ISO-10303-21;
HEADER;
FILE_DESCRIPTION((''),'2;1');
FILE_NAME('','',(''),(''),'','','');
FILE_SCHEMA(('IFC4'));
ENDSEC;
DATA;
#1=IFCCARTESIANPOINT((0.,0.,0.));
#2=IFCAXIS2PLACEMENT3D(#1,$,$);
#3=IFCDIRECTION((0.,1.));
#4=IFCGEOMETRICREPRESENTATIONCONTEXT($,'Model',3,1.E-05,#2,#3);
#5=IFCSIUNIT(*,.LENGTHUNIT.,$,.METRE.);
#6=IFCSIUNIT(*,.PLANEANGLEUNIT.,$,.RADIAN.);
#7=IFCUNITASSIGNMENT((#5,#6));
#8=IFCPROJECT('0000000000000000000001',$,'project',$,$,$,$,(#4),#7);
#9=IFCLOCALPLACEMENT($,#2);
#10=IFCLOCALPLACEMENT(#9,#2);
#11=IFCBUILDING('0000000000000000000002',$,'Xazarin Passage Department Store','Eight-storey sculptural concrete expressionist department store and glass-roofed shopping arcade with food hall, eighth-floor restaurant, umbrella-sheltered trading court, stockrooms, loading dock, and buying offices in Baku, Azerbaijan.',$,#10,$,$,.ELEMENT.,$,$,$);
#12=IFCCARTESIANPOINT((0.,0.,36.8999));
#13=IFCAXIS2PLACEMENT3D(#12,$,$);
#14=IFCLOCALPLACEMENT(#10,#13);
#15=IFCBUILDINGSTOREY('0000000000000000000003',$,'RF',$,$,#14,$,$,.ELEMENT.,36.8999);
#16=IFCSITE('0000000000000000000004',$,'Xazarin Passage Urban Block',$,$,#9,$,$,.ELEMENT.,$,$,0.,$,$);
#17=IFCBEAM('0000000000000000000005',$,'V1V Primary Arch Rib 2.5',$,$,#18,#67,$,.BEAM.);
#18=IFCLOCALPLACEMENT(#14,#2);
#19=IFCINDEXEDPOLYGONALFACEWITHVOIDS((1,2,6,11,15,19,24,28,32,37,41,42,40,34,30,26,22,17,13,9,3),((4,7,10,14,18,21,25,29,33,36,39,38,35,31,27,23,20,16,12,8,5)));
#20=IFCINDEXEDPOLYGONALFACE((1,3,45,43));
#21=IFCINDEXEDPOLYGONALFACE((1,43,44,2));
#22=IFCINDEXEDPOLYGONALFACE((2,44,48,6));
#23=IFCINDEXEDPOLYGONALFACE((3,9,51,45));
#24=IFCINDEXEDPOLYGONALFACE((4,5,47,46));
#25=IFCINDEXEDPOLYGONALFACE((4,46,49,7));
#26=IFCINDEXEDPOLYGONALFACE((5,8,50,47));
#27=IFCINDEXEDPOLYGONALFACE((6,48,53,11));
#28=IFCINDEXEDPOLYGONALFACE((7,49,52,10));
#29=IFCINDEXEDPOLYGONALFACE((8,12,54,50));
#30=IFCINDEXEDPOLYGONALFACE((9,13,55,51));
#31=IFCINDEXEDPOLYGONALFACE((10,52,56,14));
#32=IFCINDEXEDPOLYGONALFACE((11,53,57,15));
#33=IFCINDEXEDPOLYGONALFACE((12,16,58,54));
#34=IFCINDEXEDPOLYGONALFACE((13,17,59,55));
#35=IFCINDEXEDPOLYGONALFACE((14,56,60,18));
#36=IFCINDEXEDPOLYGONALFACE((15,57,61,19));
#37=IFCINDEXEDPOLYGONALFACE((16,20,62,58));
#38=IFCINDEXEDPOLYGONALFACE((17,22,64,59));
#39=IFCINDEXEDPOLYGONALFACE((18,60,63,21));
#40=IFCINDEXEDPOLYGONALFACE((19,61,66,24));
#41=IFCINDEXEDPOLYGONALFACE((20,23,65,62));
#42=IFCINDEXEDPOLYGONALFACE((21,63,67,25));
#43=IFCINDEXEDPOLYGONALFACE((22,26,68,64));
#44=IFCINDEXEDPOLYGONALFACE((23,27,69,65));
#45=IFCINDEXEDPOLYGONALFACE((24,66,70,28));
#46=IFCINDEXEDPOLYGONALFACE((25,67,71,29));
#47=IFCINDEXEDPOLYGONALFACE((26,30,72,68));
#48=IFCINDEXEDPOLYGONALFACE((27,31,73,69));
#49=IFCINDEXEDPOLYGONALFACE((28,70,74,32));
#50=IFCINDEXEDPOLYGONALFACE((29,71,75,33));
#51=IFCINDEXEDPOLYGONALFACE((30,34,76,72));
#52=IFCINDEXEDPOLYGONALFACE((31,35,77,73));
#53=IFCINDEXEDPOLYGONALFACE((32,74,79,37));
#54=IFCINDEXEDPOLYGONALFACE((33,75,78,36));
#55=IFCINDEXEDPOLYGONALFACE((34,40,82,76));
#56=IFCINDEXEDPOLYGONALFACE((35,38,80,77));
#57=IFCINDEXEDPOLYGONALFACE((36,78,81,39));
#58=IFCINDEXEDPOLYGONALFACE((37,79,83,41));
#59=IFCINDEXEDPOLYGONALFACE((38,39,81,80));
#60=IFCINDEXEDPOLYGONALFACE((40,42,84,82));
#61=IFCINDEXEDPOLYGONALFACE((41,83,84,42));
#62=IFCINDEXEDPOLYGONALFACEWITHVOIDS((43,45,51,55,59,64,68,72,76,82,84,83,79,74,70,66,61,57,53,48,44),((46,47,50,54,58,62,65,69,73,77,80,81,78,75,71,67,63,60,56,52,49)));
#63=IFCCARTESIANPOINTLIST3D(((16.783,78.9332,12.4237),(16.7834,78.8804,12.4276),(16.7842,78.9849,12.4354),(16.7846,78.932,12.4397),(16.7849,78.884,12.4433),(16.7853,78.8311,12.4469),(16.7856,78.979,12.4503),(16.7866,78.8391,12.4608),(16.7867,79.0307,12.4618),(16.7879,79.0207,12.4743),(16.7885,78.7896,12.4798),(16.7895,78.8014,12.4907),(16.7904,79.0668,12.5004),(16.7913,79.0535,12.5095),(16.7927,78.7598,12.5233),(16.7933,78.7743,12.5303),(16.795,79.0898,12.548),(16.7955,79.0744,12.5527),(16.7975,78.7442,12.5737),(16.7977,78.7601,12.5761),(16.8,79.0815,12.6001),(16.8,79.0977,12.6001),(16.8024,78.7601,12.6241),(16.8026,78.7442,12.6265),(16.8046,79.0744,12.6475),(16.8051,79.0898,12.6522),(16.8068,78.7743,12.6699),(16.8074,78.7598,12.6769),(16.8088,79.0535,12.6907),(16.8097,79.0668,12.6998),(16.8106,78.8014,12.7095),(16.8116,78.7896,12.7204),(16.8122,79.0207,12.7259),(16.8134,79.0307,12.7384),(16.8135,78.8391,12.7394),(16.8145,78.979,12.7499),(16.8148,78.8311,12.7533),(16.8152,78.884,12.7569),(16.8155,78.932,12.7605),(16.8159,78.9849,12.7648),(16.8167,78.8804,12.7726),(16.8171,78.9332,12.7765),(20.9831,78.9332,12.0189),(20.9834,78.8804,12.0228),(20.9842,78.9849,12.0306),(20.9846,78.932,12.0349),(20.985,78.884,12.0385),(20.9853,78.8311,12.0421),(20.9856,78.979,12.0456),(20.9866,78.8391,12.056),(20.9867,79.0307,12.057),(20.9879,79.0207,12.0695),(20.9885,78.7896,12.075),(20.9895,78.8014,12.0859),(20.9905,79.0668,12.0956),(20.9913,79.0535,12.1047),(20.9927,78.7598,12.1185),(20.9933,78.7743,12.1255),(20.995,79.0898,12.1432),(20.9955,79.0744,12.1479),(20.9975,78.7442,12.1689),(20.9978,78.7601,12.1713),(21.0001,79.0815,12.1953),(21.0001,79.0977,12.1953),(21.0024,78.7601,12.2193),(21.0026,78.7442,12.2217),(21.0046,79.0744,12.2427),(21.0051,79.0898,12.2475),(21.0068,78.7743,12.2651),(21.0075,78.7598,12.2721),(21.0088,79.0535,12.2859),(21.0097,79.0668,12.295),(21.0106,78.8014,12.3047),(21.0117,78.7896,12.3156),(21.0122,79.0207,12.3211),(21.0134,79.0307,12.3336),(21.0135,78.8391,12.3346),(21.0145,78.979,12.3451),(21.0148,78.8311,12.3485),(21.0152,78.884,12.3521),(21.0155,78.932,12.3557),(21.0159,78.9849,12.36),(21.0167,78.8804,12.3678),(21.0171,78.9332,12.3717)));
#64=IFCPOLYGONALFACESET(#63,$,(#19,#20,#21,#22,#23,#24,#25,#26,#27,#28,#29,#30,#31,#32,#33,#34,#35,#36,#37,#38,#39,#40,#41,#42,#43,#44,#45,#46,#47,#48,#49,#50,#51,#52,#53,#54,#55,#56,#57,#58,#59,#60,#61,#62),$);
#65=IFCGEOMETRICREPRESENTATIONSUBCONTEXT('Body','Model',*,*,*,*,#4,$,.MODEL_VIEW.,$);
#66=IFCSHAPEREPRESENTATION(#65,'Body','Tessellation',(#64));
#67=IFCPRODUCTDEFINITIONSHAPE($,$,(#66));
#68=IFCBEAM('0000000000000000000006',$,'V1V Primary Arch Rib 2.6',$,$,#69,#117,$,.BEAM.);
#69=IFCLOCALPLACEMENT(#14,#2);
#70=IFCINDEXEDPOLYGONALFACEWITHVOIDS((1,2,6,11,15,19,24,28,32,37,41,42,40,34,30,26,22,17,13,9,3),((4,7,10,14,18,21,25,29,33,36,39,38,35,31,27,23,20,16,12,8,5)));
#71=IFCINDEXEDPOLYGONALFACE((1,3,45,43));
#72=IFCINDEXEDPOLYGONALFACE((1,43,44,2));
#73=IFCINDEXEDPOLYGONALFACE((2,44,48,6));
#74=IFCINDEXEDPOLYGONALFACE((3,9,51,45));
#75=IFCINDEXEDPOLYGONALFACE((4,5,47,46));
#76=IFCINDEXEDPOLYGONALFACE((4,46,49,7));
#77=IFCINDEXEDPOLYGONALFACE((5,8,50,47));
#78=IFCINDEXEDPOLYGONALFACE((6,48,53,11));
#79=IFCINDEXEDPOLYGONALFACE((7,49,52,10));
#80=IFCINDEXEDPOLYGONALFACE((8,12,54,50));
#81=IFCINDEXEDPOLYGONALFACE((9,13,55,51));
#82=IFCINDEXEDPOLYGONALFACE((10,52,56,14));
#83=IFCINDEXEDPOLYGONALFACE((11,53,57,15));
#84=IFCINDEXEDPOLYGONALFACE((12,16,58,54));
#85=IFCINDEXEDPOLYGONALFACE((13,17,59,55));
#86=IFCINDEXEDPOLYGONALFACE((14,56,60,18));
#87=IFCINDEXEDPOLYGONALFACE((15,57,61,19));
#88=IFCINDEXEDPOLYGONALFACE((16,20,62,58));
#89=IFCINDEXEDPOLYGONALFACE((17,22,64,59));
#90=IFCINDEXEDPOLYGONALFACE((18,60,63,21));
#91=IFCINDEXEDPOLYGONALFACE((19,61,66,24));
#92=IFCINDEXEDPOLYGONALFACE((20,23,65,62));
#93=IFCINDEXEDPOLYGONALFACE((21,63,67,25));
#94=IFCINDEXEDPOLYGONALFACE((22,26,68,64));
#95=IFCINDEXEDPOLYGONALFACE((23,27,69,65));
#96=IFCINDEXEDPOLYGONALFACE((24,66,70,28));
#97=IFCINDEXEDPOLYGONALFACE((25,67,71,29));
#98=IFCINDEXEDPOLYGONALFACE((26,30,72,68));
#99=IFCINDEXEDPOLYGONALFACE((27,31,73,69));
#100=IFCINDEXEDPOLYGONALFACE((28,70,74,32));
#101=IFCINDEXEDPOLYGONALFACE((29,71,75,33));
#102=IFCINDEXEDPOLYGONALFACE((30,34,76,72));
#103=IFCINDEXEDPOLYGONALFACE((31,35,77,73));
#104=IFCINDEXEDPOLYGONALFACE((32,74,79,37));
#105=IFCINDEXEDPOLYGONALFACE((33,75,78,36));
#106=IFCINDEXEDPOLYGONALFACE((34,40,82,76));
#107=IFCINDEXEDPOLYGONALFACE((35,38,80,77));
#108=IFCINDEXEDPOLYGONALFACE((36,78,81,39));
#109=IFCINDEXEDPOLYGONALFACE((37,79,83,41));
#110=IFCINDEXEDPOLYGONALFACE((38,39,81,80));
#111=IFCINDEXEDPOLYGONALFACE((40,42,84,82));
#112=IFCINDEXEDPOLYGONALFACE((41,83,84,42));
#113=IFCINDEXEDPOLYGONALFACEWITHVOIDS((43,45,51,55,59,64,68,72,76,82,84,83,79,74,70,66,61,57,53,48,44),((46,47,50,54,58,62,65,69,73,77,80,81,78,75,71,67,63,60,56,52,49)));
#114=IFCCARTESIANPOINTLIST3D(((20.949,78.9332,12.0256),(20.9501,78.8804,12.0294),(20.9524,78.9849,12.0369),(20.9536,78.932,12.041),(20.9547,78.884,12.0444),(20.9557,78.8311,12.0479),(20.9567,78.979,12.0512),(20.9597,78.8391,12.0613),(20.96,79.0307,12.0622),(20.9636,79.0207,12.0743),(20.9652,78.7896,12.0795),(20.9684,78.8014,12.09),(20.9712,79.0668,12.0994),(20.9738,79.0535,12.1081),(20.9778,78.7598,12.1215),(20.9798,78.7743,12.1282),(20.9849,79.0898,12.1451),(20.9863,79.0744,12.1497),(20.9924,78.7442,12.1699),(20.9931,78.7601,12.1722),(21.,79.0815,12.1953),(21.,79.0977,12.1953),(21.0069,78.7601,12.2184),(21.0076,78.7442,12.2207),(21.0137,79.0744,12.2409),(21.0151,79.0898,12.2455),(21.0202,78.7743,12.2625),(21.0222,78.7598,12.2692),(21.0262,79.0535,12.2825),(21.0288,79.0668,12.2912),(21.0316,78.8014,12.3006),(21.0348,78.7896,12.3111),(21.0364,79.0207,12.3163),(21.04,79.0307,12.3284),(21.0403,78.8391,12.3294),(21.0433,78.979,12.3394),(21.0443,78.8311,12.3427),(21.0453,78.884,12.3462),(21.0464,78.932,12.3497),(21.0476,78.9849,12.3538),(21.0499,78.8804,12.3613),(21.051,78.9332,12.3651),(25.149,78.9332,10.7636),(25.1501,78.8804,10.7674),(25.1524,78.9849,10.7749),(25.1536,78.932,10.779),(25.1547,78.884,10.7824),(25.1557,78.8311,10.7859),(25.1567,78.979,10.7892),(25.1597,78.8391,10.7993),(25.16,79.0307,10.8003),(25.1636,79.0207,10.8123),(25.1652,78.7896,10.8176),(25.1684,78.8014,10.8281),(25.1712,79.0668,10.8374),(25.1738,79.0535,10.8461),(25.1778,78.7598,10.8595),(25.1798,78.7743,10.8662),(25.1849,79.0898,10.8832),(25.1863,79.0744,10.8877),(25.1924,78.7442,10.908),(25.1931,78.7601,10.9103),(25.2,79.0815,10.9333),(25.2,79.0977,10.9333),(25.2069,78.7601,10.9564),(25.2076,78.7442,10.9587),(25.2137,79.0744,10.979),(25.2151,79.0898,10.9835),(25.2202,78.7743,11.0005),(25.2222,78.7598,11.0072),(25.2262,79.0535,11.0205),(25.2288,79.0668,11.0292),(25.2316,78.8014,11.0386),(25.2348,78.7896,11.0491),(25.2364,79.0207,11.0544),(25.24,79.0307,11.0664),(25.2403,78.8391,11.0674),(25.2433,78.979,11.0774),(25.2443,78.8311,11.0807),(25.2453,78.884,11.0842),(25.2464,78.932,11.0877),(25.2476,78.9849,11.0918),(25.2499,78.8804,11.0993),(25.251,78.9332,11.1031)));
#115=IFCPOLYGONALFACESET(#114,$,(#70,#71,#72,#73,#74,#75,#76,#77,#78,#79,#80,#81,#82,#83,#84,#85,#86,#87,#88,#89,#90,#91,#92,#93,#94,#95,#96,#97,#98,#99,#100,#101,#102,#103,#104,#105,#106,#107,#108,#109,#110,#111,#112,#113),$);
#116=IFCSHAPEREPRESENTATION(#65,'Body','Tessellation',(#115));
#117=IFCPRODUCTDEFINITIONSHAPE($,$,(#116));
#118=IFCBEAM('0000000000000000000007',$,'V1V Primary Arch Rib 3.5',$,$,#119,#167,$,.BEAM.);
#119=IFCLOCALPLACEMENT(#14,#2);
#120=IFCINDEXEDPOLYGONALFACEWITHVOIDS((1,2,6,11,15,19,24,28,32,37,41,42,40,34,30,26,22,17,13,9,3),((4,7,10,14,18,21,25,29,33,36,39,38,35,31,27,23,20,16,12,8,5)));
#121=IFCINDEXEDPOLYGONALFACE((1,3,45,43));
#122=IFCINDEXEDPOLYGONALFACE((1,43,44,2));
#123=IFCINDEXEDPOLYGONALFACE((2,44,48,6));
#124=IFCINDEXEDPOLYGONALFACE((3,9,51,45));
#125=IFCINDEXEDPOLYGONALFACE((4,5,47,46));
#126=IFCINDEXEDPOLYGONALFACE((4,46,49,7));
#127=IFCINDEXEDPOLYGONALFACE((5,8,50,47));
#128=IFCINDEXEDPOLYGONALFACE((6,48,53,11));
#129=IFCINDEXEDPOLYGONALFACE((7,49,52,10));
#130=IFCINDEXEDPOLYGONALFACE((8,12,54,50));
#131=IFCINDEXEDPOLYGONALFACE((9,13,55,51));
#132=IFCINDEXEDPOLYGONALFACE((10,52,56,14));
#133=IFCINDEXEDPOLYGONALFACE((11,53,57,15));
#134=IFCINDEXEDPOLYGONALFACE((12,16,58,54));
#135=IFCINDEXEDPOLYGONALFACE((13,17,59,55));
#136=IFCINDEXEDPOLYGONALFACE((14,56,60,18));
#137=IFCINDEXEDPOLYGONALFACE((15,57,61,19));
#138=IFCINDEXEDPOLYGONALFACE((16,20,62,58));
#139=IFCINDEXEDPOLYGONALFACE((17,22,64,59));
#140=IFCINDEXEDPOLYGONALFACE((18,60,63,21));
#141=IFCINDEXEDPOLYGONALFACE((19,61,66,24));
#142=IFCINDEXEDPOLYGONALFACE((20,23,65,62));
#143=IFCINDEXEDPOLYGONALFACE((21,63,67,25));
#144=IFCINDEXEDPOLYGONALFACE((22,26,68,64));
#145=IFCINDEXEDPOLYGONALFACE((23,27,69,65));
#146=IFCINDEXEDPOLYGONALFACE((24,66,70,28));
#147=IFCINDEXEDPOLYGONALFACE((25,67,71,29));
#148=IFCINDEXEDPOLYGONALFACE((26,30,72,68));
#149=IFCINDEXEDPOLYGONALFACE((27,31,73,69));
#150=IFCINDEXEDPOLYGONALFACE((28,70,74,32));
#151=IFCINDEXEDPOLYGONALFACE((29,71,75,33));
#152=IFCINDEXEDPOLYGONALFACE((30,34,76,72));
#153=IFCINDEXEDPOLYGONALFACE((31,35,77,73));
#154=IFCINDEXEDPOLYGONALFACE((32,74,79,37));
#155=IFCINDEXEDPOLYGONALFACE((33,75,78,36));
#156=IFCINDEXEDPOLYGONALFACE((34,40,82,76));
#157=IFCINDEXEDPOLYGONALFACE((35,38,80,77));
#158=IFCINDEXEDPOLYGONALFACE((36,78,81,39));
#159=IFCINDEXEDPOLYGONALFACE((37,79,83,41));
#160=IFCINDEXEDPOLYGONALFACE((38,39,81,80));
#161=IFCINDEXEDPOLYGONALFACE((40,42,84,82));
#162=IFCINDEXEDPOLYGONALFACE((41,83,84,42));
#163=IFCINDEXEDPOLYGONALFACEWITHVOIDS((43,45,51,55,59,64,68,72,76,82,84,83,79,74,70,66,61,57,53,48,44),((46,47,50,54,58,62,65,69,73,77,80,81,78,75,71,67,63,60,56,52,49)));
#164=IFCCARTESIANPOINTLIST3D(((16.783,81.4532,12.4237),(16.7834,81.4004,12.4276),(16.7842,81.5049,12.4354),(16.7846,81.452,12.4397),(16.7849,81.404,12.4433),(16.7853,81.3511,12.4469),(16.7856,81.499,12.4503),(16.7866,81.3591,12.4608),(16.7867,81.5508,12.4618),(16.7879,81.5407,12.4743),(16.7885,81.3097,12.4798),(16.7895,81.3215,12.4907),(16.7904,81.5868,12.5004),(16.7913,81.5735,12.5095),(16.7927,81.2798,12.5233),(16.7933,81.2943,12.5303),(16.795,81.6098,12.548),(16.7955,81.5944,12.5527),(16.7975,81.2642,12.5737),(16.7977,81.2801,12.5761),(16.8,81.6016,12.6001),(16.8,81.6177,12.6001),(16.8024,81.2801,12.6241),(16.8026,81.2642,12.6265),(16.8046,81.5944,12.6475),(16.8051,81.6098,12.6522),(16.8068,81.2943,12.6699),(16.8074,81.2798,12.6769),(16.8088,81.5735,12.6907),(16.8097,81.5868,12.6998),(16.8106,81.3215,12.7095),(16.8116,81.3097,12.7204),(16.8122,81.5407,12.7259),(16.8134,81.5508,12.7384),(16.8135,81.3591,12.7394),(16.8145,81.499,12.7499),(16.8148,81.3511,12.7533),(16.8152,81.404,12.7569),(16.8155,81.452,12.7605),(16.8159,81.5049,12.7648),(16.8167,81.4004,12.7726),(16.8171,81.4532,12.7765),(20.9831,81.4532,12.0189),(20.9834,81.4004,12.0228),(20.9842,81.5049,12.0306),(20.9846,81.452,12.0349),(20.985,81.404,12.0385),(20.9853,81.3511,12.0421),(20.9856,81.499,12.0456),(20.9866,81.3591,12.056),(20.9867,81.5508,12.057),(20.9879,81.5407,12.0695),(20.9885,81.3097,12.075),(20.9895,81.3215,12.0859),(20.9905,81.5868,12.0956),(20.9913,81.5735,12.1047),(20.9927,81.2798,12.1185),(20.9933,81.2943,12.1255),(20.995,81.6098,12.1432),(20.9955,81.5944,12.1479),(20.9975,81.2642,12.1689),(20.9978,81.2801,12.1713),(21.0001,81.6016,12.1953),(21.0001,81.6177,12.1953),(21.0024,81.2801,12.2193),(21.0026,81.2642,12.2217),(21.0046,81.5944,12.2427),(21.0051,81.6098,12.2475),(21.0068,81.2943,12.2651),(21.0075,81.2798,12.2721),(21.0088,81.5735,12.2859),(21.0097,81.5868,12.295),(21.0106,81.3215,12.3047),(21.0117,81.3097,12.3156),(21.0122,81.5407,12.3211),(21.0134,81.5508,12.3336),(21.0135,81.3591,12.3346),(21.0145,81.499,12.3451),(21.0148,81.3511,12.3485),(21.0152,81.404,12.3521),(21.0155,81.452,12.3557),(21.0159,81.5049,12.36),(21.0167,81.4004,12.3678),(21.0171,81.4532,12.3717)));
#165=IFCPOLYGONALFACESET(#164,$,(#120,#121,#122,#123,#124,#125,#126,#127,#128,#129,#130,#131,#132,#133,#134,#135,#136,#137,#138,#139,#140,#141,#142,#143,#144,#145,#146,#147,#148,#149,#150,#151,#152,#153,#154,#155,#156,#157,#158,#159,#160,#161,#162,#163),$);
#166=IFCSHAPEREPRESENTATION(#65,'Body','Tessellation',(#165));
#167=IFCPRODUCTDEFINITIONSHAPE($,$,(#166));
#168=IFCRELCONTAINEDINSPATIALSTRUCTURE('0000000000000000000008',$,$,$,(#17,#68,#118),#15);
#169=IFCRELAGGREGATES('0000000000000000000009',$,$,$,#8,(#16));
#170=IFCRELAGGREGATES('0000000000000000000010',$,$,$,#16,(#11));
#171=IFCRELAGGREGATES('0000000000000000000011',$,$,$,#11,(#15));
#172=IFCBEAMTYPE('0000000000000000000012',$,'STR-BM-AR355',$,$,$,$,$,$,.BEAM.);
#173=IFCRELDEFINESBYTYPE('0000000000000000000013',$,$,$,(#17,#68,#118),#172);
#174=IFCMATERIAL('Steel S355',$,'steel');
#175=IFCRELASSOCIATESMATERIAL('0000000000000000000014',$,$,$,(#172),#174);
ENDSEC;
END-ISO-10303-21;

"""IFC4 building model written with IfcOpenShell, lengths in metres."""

from ifc_helpers import new_model, si_unit, direction, frame, origin, origin_2d, place, context, subcontext, project, spatial, hollow_circle, extrude, material, material_profile, profile_set, type_object, element, save


model = new_model("IFC4")

# Units and contexts
model_context = context("Model", 3, precision=1e-05, world=origin(), true_north=direction((0.0, 1.0)))
body_context = subcontext(model_context, "Body", "Model", "MODEL_VIEW")
ifc_project = project(units=[si_unit("LENGTHUNIT", "METRE"), si_unit("PLANEANGLEUNIT", "RADIAN")], contexts=[model_context])

# Site, building, storey
site_placement = place(None, origin())
site = spatial("IfcSite", under=ifc_project, at=site_placement, Name="Xazarin Passage Urban Block", CompositionType="ELEMENT", RefElevation=0.0)
building_placement = place(site_placement, origin())
building = spatial("IfcBuilding", under=site, at=building_placement, Name="Xazarin Passage Department Store", Description="Eight-storey sculptural concrete expressionist department store and glass-roofed shopping arcade with food hall, eighth-floor restaurant, umbrella-sheltered trading court, stockrooms, loading dock, and buying offices in Baku, Azerbaijan.", CompositionType="ELEMENT")
storey_placement = place(building_placement, frame((0.0, 0.0, 36.8999)))
storey = spatial("IfcBuildingStorey", under=building, at=storey_placement, Name="RF", CompositionType="ELEMENT", Elevation=36.8999)

# Beams
ifc_material_1 = material(Name="Steel S355", Category="steel")
ifc_material_profile_1 = material_profile(ifc_material_1, hollow_circle(Radius=0.1777, WallThickness=0.0161, at=origin_2d()), Name="CHS 355.6x16")
ifc_profile_set_1 = profile_set([ifc_material_profile_1], Name="Steel S355")
beam_type_1 = type_object("IfcBeamType", Name="STR-BM-AR355", PredefinedType="BEAM", material=ifc_profile_set_1)
beam_1_placement = place(storey_placement, frame((16.8, 78.9199, 12.6001), z_axis=(0.995388, 0.0, -0.095934), x_axis=(0.0, 1.0, 0.0)))
element("IfcBeam", 1, at=beam_1_placement, inside=storey, type_object=beam_type_1, Name="V1V Primary Arch Rib 2.5", PredefinedType="BEAM", context=body_context, shape_type="SweptSolid", body=[
    extrude(hollow_circle(Radius=0.1777, WallThickness=0.0161, at=origin_2d()), origin(), (0.0, 0.0, 1.0), 4.2195),
])
beam_2_placement = place(storey_placement, frame((21.0, 78.9199, 12.1953), z_axis=(0.957702, 0.0, -0.287762), x_axis=(0.0, 1.0, 0.0)))
element("IfcBeam", 2, at=beam_2_placement, inside=storey, type_object=beam_type_1, Name="V1V Primary Arch Rib 2.6", PredefinedType="BEAM", context=body_context, shape_type="SweptSolid", body=[
    extrude(hollow_circle(Radius=0.1777, WallThickness=0.0161, at=origin_2d()), origin(), (0.0, 0.0, 1.0), 4.3855),
])
beam_3_placement = place(storey_placement, frame((16.8, 81.4399, 12.6001), z_axis=(0.995388, 0.0, -0.095934), x_axis=(0.0, 1.0, 0.0)))
element("IfcBeam", 3, at=beam_3_placement, inside=storey, type_object=beam_type_1, Name="V1V Primary Arch Rib 3.5", PredefinedType="BEAM", context=body_context, shape_type="SweptSolid", body=[
    extrude(hollow_circle(Radius=0.1777, WallThickness=0.0161, at=origin_2d()), origin(), (0.0, 0.0, 1.0), 4.2195),
])

save(model, "model.ifc")
